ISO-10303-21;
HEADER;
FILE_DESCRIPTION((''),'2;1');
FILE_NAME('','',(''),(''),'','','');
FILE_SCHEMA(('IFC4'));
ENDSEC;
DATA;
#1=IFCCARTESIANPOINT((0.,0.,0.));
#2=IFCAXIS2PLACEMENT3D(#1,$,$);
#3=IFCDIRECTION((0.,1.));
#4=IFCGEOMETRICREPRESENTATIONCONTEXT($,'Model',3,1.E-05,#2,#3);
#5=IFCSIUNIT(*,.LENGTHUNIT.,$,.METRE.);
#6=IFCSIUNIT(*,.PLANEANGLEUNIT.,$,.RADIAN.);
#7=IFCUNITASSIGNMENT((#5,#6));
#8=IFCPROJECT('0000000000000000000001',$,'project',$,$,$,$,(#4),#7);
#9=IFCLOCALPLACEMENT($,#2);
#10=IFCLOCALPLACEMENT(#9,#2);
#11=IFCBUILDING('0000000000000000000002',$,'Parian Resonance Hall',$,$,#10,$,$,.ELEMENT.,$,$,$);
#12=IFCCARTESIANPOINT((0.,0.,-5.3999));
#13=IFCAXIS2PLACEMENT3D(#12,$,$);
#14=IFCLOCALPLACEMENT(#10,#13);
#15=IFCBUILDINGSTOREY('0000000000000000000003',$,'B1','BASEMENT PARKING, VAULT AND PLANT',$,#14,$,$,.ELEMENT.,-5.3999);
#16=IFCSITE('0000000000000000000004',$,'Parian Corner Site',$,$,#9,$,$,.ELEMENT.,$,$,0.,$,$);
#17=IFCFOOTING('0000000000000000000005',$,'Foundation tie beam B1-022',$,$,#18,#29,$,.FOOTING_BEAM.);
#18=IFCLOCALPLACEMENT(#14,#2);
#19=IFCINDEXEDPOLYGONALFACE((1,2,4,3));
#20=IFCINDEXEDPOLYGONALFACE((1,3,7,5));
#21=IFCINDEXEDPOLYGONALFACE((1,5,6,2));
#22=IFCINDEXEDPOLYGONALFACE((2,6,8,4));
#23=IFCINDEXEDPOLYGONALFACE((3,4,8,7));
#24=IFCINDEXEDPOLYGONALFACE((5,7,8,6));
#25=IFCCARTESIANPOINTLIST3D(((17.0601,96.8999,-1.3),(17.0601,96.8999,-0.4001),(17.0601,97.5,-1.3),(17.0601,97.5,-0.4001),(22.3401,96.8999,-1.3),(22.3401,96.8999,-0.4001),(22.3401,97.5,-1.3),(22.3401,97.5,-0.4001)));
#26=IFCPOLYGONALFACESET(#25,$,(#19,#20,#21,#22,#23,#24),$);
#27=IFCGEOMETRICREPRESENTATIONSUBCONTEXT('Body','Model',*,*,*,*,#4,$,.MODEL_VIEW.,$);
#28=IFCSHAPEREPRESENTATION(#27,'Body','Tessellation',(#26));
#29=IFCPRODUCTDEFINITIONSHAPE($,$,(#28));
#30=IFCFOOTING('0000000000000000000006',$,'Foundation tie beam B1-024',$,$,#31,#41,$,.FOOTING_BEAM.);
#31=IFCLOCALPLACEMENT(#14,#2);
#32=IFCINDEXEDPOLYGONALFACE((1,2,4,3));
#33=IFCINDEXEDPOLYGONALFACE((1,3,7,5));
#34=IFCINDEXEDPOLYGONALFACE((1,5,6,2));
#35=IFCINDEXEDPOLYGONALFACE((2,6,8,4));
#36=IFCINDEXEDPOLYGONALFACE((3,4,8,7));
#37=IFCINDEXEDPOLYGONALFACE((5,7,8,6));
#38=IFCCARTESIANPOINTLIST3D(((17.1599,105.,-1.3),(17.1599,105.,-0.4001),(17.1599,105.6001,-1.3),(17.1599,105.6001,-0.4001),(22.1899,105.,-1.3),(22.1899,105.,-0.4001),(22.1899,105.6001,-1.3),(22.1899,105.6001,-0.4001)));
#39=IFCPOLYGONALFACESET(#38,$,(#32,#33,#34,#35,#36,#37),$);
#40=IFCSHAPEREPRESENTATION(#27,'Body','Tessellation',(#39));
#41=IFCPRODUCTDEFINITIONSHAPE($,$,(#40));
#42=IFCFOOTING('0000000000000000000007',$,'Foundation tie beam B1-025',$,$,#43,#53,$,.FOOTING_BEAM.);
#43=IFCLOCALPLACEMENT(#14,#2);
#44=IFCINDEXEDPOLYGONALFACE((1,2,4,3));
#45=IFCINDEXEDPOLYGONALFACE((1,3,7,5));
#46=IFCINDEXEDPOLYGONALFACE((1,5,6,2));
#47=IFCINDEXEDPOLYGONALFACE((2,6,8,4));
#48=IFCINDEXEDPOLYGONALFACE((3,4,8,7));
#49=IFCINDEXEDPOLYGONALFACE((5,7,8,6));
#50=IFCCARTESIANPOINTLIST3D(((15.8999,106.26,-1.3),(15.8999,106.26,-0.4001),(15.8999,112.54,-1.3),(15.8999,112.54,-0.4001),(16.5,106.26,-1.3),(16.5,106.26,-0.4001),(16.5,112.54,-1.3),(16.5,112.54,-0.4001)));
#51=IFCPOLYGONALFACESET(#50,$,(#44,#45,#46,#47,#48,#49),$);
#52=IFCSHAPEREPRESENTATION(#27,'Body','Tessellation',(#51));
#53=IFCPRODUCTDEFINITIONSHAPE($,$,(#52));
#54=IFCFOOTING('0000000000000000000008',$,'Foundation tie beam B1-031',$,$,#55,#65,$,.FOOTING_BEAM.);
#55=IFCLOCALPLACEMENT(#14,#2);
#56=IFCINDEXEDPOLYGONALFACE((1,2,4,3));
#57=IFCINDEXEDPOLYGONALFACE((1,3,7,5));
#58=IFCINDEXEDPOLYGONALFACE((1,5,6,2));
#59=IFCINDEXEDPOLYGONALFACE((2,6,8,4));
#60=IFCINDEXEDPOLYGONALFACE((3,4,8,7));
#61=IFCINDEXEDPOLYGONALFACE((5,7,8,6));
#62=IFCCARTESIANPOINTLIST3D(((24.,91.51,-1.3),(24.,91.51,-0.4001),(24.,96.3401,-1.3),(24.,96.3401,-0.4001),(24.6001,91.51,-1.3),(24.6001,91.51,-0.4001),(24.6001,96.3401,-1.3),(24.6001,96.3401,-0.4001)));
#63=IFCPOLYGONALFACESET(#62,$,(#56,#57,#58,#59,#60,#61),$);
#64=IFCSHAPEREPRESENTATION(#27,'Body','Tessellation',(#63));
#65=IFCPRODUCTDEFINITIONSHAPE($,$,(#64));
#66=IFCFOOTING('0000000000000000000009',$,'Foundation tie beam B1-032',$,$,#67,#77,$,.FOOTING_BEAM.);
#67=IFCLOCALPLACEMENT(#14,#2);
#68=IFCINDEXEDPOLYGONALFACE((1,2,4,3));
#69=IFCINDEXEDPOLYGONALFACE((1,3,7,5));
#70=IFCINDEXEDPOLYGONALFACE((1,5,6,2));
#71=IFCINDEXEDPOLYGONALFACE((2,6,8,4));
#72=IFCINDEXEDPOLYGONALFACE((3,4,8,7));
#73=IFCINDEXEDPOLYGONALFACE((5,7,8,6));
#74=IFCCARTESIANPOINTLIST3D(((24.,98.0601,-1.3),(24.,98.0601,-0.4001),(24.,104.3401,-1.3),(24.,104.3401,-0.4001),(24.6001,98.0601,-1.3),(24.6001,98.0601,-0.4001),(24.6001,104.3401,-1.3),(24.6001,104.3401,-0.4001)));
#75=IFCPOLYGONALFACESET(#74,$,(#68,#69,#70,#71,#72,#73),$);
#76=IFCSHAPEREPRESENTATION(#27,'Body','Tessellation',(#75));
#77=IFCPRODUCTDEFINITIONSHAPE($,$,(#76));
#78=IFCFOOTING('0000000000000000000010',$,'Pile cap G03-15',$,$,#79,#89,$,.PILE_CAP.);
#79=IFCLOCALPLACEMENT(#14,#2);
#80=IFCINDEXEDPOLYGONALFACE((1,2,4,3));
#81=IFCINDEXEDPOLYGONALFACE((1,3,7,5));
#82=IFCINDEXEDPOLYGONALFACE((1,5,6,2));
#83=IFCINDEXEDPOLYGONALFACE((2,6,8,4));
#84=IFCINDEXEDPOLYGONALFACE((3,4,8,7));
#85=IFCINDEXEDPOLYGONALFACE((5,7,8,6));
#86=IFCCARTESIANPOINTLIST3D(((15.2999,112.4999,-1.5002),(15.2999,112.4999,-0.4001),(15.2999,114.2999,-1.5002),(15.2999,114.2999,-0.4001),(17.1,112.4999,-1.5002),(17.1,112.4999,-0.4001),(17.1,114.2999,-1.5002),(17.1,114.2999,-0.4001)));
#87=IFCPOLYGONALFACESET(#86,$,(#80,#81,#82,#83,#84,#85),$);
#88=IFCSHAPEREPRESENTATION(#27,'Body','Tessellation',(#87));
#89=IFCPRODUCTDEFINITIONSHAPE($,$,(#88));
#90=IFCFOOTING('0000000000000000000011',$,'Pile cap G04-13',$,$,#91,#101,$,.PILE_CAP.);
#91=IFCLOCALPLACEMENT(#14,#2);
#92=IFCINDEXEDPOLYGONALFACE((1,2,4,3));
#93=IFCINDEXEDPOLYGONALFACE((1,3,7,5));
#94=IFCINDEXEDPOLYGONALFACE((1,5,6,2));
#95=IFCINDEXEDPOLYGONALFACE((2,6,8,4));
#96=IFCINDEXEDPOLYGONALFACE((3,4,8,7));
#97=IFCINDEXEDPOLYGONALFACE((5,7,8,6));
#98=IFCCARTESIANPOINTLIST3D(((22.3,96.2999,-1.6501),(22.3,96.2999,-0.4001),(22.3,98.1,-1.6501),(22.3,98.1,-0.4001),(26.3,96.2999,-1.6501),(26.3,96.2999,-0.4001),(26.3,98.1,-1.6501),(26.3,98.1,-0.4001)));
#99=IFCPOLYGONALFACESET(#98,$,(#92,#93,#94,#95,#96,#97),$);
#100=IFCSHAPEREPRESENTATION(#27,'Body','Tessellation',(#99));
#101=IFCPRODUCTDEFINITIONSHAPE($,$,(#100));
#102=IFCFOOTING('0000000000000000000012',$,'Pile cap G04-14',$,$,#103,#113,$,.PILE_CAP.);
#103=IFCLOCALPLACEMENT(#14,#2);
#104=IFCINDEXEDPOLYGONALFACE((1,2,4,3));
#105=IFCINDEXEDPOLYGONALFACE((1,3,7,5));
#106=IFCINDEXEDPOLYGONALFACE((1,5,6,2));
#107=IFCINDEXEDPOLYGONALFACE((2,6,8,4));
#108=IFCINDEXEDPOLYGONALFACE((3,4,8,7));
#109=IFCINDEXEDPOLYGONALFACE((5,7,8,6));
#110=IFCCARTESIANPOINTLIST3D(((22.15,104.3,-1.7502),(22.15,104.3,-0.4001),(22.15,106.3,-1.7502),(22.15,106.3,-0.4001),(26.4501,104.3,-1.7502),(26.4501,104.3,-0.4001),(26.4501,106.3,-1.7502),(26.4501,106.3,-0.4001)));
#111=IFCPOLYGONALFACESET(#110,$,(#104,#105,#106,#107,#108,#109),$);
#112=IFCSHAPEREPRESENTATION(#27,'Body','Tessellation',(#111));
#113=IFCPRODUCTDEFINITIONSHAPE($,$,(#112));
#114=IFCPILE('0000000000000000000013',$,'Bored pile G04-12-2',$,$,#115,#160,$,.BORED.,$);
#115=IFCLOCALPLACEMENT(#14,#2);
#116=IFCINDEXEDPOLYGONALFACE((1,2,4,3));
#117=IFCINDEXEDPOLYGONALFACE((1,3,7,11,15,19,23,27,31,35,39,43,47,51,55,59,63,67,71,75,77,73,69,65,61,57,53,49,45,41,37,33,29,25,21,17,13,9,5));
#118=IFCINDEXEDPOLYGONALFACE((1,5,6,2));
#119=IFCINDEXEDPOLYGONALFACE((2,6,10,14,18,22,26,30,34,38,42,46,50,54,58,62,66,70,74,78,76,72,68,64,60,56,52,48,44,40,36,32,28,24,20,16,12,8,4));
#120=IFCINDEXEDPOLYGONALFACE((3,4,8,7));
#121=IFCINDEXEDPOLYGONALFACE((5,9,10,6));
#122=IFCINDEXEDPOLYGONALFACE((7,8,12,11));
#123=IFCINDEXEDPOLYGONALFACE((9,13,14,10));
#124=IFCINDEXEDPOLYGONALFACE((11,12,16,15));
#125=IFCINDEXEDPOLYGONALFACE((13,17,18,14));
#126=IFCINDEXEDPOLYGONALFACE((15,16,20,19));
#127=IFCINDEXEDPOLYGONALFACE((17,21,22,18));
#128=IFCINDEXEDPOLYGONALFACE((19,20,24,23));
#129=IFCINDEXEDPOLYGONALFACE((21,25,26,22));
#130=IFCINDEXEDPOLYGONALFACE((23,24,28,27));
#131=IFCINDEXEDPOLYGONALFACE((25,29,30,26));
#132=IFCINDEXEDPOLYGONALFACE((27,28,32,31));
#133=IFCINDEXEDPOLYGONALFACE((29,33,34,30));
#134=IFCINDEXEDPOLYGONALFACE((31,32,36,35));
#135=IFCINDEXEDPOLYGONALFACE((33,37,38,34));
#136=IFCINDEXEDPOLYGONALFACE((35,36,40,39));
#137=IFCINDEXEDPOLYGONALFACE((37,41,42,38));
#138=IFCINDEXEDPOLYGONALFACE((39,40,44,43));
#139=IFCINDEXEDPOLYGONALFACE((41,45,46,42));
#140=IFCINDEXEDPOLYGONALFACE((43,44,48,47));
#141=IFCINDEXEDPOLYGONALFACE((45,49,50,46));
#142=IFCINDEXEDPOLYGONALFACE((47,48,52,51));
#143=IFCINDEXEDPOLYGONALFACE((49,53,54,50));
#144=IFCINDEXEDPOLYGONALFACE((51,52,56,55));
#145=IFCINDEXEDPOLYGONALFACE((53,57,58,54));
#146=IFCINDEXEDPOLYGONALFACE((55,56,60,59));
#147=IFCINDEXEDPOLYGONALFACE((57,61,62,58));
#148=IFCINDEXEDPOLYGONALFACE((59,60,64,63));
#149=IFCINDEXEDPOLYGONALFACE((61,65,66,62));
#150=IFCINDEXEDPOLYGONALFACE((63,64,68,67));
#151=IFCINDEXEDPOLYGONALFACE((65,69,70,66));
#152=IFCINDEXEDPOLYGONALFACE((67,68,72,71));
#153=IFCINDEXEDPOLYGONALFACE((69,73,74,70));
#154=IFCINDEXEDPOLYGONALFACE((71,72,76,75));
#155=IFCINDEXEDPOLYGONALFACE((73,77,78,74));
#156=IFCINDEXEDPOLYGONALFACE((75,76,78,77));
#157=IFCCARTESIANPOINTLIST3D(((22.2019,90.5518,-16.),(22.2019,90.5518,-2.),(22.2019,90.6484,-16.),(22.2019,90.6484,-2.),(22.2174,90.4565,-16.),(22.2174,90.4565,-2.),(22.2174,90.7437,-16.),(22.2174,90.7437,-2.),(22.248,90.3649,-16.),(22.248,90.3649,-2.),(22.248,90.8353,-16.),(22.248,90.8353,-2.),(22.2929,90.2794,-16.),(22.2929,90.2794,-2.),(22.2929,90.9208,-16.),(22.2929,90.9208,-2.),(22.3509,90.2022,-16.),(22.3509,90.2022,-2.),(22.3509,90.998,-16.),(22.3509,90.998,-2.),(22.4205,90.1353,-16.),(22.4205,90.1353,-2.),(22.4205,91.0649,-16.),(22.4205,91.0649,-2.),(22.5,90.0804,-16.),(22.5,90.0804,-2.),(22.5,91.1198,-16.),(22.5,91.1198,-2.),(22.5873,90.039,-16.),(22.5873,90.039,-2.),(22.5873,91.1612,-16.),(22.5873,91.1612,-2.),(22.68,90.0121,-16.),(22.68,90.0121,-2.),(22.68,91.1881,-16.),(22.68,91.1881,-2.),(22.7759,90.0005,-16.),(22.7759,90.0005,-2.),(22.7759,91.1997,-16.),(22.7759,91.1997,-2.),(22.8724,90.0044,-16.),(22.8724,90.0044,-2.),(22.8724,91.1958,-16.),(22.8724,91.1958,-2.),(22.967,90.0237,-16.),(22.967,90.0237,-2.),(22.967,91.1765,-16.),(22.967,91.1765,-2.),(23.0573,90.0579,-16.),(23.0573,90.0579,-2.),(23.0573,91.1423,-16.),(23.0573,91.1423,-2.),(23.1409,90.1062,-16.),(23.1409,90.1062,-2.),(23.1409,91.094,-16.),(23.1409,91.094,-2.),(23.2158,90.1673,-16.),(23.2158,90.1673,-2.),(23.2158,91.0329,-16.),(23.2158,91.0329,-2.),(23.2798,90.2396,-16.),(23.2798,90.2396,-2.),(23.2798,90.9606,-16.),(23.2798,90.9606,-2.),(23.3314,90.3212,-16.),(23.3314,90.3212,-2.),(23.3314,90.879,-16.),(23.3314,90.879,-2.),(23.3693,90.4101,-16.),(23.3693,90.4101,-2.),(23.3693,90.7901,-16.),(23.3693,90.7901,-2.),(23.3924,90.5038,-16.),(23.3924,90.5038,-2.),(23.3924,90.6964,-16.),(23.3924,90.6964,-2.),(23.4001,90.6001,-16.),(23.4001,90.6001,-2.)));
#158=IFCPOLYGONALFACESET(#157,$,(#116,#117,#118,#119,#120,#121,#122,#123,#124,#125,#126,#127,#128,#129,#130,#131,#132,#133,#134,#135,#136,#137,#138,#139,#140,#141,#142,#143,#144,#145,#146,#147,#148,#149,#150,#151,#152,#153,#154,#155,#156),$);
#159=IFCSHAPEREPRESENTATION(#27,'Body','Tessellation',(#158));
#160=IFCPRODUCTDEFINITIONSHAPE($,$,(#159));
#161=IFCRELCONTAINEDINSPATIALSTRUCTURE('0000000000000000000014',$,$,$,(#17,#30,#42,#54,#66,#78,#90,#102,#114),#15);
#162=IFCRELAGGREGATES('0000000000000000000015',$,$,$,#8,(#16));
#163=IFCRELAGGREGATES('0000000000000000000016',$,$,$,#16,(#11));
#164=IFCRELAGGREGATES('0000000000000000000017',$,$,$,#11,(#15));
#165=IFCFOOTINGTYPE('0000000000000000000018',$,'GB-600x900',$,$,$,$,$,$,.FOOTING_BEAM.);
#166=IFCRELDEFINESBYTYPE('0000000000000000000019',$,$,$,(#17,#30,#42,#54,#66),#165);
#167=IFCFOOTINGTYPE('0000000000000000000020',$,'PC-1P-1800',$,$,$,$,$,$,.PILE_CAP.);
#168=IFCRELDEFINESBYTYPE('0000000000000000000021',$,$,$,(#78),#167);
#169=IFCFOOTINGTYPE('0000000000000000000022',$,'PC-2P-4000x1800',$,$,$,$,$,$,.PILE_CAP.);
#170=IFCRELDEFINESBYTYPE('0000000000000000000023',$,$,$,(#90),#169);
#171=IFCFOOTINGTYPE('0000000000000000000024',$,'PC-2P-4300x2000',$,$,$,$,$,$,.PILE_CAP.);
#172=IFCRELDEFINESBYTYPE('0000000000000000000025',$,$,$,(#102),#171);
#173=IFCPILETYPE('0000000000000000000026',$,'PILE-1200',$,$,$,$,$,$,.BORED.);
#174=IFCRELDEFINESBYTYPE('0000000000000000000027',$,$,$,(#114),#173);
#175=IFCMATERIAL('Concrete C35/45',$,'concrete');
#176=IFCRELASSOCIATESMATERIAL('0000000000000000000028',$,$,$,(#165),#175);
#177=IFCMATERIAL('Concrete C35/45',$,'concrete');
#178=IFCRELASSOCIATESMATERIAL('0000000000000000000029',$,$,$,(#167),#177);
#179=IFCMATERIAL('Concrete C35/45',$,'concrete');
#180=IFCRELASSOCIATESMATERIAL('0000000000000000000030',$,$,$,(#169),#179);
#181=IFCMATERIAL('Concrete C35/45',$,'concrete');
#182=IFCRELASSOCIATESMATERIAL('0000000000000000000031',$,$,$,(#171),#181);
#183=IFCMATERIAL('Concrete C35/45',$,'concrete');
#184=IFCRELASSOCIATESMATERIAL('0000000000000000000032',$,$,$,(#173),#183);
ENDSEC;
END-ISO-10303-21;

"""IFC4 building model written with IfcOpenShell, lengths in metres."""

from ifc_helpers import new_model, si_unit, direction, frame, origin, origin_2d, place, context, subcontext, project, spatial, rectangle, circle, extrude, material, material_profile, profile_set, type_object, element, save


model = new_model("IFC4")

# Units and contexts
model_context = context("Model", 3, precision=1e-05, world=origin(), true_north=direction((0.0, 1.0)))
body_context = subcontext(model_context, "Body", "Model", "MODEL_VIEW")
ifc_project = project(units=[si_unit("LENGTHUNIT", "METRE"), si_unit("PLANEANGLEUNIT", "RADIAN")], contexts=[model_context])

# Site, building, storey
site_placement = place(None, origin())
site = spatial("IfcSite", under=ifc_project, at=site_placement, Name="Parian Corner Site", CompositionType="ELEMENT", RefElevation=0.0)
building_placement = place(site_placement, origin())
building = spatial("IfcBuilding", under=site, at=building_placement, Name="Parian Resonance Hall", CompositionType="ELEMENT")
storey_placement = place(building_placement, frame((0.0, 0.0, -5.3999)))
storey = spatial("IfcBuildingStorey", under=building, at=storey_placement, Name="B1", Description="BASEMENT PARKING, VAULT AND PLANT", CompositionType="ELEMENT", Elevation=-5.3999)

# Footings
ifc_material_1 = material(Name="Concrete C35/45", Category="concrete")
ifc_material_profile_1 = material_profile(ifc_material_1, rectangle(XDim=0.6001, YDim=0.8999, at=origin_2d()), Name="RC-GB-600x900")
ifc_profile_set_1 = profile_set([ifc_material_profile_1], Name="Concrete C35/45")
footing_type_1 = type_object("IfcFootingType", Name="GB-600x900", PredefinedType="FOOTING_BEAM", material=ifc_profile_set_1)
footing_1_placement = place(storey_placement, frame((17.0601, 97.2, -0.8501), z_axis=(1.0, 0.0, 0.0), x_axis=(0.0, 1.0, 0.0)))
element("IfcFooting", 1, at=footing_1_placement, inside=storey, type_object=footing_type_1, Name="Foundation tie beam B1-022", PredefinedType="FOOTING_BEAM", context=body_context, shape_type="SweptSolid", body=[
    extrude(rectangle(XDim=0.6001, YDim=0.8999, at=origin_2d()), origin(), (0.0, 0.0, 1.0), 5.28),
])
footing_2_placement = place(storey_placement, frame((17.1599, 105.3, -0.8501), z_axis=(1.0, 0.0, 0.0), x_axis=(0.0, 1.0, 0.0)))
element("IfcFooting", 2, at=footing_2_placement, inside=storey, type_object=footing_type_1, Name="Foundation tie beam B1-024", PredefinedType="FOOTING_BEAM", context=body_context, shape_type="SweptSolid", body=[
    extrude(rectangle(XDim=0.6001, YDim=0.8999, at=origin_2d()), origin(), (0.0, 0.0, 1.0), 5.03),
])
footing_3_placement = place(storey_placement, frame((16.2, 106.26, -0.8501), z_axis=(0.0, 1.0, 0.0), x_axis=(-1.0, 0.0, 0.0)))
element("IfcFooting", 3, at=footing_3_placement, inside=storey, type_object=footing_type_1, Name="Foundation tie beam B1-025", PredefinedType="FOOTING_BEAM", context=body_context, shape_type="SweptSolid", body=[
    extrude(rectangle(XDim=0.6001, YDim=0.8999, at=origin_2d()), origin(), (0.0, 0.0, 1.0), 6.28),
])
footing_4_placement = place(storey_placement, frame((24.3, 91.51, -0.8501), z_axis=(0.0, 1.0, 0.0), x_axis=(-1.0, 0.0, 0.0)))
element("IfcFooting", 4, at=footing_4_placement, inside=storey, type_object=footing_type_1, Name="Foundation tie beam B1-031", PredefinedType="FOOTING_BEAM", context=body_context, shape_type="SweptSolid", body=[
    extrude(rectangle(XDim=0.6001, YDim=0.8999, at=origin_2d()), origin(), (0.0, 0.0, 1.0), 4.8301),
])
footing_5_placement = place(storey_placement, frame((24.3, 98.0601, -0.8501), z_axis=(0.0, 1.0, 0.0), x_axis=(-1.0, 0.0, 0.0)))
element("IfcFooting", 5, at=footing_5_placement, inside=storey, type_object=footing_type_1, Name="Foundation tie beam B1-032", PredefinedType="FOOTING_BEAM", context=body_context, shape_type="SweptSolid", body=[
    extrude(rectangle(XDim=0.6001, YDim=0.8999, at=origin_2d()), origin(), (0.0, 0.0, 1.0), 6.28),
])
ifc_material_2 = material(Name="Concrete C35/45", Category="concrete")
footing_type_2 = type_object("IfcFootingType", Name="PC-1P-1800", PredefinedType="PILE_CAP", material=ifc_material_2)
footing_6_placement = place(storey_placement, frame((16.2, 113.3999, -1.5002), z_axis=(0.0, 0.0, 1.0), x_axis=(1.0, 0.0, 0.0)))
element("IfcFooting", 6, at=footing_6_placement, inside=storey, type_object=footing_type_2, Name="Pile cap G03-15", PredefinedType="PILE_CAP", context=body_context, shape_type="SweptSolid", body=[
    extrude(rectangle(XDim=1.8, YDim=1.8, at=origin_2d()), origin(), (0.0, 0.0, 1.0), 1.1001),
])
ifc_material_3 = material(Name="Concrete C35/45", Category="concrete")
footing_type_3 = type_object("IfcFootingType", Name="PC-2P-4000x1800", PredefinedType="PILE_CAP", material=ifc_material_3)
footing_7_placement = place(storey_placement, frame((24.3, 97.2, -1.6501), z_axis=(0.0, 0.0, 1.0), x_axis=(1.0, 0.0, 0.0)))
element("IfcFooting", 7, at=footing_7_placement, inside=storey, type_object=footing_type_3, Name="Pile cap G04-13", PredefinedType="PILE_CAP", context=body_context, shape_type="SweptSolid", body=[
    extrude(rectangle(XDim=4.0, YDim=1.8, at=origin_2d()), origin(), (0.0, 0.0, 1.0), 1.25),
])
ifc_material_4 = material(Name="Concrete C35/45", Category="concrete")
footing_type_4 = type_object("IfcFootingType", Name="PC-2P-4300x2000", PredefinedType="PILE_CAP", material=ifc_material_4)
footing_8_placement = place(storey_placement, frame((24.3, 105.3, -1.7502), z_axis=(0.0, 0.0, 1.0), x_axis=(1.0, 0.0, 0.0)))
element("IfcFooting", 8, at=footing_8_placement, inside=storey, type_object=footing_type_4, Name="Pile cap G04-14", PredefinedType="PILE_CAP", context=body_context, shape_type="SweptSolid", body=[
    extrude(rectangle(XDim=4.3, YDim=2.0, at=origin_2d()), origin(), (0.0, 0.0, 1.0), 1.3501),
])

# Pile
ifc_material_5 = material(Name="Concrete C35/45", Category="concrete")
ifc_material_profile_2 = material_profile(ifc_material_5, circle(Radius=0.6001, at=origin_2d()), Name="PILE-D1200")
ifc_profile_set_2 = profile_set([ifc_material_profile_2], Name="Concrete C35/45")
pile_type_1 = type_object("IfcPileType", Name="PILE-1200", PredefinedType="BORED", material=ifc_profile_set_2)
for number, where, z_axis, x_axis, name in (
    (9, (22.8, 90.6001, -2.0), (0.0, 0.0, -1.0), (1.0, 0.0, 0.0), "Bored pile G04-12-2"),
):
    element("IfcPile", number, at=place(storey_placement, frame(where, z_axis=z_axis, x_axis=x_axis)), inside=storey, type_object=pile_type_1, Name=name, PredefinedType="BORED", context=body_context, shape_type="SweptSolid", body=[
        extrude(circle(Radius=0.6001, at=origin_2d()), origin(), (0.0, 0.0, 1.0), 14.0),
    ])

save(model, "model.ifc")
